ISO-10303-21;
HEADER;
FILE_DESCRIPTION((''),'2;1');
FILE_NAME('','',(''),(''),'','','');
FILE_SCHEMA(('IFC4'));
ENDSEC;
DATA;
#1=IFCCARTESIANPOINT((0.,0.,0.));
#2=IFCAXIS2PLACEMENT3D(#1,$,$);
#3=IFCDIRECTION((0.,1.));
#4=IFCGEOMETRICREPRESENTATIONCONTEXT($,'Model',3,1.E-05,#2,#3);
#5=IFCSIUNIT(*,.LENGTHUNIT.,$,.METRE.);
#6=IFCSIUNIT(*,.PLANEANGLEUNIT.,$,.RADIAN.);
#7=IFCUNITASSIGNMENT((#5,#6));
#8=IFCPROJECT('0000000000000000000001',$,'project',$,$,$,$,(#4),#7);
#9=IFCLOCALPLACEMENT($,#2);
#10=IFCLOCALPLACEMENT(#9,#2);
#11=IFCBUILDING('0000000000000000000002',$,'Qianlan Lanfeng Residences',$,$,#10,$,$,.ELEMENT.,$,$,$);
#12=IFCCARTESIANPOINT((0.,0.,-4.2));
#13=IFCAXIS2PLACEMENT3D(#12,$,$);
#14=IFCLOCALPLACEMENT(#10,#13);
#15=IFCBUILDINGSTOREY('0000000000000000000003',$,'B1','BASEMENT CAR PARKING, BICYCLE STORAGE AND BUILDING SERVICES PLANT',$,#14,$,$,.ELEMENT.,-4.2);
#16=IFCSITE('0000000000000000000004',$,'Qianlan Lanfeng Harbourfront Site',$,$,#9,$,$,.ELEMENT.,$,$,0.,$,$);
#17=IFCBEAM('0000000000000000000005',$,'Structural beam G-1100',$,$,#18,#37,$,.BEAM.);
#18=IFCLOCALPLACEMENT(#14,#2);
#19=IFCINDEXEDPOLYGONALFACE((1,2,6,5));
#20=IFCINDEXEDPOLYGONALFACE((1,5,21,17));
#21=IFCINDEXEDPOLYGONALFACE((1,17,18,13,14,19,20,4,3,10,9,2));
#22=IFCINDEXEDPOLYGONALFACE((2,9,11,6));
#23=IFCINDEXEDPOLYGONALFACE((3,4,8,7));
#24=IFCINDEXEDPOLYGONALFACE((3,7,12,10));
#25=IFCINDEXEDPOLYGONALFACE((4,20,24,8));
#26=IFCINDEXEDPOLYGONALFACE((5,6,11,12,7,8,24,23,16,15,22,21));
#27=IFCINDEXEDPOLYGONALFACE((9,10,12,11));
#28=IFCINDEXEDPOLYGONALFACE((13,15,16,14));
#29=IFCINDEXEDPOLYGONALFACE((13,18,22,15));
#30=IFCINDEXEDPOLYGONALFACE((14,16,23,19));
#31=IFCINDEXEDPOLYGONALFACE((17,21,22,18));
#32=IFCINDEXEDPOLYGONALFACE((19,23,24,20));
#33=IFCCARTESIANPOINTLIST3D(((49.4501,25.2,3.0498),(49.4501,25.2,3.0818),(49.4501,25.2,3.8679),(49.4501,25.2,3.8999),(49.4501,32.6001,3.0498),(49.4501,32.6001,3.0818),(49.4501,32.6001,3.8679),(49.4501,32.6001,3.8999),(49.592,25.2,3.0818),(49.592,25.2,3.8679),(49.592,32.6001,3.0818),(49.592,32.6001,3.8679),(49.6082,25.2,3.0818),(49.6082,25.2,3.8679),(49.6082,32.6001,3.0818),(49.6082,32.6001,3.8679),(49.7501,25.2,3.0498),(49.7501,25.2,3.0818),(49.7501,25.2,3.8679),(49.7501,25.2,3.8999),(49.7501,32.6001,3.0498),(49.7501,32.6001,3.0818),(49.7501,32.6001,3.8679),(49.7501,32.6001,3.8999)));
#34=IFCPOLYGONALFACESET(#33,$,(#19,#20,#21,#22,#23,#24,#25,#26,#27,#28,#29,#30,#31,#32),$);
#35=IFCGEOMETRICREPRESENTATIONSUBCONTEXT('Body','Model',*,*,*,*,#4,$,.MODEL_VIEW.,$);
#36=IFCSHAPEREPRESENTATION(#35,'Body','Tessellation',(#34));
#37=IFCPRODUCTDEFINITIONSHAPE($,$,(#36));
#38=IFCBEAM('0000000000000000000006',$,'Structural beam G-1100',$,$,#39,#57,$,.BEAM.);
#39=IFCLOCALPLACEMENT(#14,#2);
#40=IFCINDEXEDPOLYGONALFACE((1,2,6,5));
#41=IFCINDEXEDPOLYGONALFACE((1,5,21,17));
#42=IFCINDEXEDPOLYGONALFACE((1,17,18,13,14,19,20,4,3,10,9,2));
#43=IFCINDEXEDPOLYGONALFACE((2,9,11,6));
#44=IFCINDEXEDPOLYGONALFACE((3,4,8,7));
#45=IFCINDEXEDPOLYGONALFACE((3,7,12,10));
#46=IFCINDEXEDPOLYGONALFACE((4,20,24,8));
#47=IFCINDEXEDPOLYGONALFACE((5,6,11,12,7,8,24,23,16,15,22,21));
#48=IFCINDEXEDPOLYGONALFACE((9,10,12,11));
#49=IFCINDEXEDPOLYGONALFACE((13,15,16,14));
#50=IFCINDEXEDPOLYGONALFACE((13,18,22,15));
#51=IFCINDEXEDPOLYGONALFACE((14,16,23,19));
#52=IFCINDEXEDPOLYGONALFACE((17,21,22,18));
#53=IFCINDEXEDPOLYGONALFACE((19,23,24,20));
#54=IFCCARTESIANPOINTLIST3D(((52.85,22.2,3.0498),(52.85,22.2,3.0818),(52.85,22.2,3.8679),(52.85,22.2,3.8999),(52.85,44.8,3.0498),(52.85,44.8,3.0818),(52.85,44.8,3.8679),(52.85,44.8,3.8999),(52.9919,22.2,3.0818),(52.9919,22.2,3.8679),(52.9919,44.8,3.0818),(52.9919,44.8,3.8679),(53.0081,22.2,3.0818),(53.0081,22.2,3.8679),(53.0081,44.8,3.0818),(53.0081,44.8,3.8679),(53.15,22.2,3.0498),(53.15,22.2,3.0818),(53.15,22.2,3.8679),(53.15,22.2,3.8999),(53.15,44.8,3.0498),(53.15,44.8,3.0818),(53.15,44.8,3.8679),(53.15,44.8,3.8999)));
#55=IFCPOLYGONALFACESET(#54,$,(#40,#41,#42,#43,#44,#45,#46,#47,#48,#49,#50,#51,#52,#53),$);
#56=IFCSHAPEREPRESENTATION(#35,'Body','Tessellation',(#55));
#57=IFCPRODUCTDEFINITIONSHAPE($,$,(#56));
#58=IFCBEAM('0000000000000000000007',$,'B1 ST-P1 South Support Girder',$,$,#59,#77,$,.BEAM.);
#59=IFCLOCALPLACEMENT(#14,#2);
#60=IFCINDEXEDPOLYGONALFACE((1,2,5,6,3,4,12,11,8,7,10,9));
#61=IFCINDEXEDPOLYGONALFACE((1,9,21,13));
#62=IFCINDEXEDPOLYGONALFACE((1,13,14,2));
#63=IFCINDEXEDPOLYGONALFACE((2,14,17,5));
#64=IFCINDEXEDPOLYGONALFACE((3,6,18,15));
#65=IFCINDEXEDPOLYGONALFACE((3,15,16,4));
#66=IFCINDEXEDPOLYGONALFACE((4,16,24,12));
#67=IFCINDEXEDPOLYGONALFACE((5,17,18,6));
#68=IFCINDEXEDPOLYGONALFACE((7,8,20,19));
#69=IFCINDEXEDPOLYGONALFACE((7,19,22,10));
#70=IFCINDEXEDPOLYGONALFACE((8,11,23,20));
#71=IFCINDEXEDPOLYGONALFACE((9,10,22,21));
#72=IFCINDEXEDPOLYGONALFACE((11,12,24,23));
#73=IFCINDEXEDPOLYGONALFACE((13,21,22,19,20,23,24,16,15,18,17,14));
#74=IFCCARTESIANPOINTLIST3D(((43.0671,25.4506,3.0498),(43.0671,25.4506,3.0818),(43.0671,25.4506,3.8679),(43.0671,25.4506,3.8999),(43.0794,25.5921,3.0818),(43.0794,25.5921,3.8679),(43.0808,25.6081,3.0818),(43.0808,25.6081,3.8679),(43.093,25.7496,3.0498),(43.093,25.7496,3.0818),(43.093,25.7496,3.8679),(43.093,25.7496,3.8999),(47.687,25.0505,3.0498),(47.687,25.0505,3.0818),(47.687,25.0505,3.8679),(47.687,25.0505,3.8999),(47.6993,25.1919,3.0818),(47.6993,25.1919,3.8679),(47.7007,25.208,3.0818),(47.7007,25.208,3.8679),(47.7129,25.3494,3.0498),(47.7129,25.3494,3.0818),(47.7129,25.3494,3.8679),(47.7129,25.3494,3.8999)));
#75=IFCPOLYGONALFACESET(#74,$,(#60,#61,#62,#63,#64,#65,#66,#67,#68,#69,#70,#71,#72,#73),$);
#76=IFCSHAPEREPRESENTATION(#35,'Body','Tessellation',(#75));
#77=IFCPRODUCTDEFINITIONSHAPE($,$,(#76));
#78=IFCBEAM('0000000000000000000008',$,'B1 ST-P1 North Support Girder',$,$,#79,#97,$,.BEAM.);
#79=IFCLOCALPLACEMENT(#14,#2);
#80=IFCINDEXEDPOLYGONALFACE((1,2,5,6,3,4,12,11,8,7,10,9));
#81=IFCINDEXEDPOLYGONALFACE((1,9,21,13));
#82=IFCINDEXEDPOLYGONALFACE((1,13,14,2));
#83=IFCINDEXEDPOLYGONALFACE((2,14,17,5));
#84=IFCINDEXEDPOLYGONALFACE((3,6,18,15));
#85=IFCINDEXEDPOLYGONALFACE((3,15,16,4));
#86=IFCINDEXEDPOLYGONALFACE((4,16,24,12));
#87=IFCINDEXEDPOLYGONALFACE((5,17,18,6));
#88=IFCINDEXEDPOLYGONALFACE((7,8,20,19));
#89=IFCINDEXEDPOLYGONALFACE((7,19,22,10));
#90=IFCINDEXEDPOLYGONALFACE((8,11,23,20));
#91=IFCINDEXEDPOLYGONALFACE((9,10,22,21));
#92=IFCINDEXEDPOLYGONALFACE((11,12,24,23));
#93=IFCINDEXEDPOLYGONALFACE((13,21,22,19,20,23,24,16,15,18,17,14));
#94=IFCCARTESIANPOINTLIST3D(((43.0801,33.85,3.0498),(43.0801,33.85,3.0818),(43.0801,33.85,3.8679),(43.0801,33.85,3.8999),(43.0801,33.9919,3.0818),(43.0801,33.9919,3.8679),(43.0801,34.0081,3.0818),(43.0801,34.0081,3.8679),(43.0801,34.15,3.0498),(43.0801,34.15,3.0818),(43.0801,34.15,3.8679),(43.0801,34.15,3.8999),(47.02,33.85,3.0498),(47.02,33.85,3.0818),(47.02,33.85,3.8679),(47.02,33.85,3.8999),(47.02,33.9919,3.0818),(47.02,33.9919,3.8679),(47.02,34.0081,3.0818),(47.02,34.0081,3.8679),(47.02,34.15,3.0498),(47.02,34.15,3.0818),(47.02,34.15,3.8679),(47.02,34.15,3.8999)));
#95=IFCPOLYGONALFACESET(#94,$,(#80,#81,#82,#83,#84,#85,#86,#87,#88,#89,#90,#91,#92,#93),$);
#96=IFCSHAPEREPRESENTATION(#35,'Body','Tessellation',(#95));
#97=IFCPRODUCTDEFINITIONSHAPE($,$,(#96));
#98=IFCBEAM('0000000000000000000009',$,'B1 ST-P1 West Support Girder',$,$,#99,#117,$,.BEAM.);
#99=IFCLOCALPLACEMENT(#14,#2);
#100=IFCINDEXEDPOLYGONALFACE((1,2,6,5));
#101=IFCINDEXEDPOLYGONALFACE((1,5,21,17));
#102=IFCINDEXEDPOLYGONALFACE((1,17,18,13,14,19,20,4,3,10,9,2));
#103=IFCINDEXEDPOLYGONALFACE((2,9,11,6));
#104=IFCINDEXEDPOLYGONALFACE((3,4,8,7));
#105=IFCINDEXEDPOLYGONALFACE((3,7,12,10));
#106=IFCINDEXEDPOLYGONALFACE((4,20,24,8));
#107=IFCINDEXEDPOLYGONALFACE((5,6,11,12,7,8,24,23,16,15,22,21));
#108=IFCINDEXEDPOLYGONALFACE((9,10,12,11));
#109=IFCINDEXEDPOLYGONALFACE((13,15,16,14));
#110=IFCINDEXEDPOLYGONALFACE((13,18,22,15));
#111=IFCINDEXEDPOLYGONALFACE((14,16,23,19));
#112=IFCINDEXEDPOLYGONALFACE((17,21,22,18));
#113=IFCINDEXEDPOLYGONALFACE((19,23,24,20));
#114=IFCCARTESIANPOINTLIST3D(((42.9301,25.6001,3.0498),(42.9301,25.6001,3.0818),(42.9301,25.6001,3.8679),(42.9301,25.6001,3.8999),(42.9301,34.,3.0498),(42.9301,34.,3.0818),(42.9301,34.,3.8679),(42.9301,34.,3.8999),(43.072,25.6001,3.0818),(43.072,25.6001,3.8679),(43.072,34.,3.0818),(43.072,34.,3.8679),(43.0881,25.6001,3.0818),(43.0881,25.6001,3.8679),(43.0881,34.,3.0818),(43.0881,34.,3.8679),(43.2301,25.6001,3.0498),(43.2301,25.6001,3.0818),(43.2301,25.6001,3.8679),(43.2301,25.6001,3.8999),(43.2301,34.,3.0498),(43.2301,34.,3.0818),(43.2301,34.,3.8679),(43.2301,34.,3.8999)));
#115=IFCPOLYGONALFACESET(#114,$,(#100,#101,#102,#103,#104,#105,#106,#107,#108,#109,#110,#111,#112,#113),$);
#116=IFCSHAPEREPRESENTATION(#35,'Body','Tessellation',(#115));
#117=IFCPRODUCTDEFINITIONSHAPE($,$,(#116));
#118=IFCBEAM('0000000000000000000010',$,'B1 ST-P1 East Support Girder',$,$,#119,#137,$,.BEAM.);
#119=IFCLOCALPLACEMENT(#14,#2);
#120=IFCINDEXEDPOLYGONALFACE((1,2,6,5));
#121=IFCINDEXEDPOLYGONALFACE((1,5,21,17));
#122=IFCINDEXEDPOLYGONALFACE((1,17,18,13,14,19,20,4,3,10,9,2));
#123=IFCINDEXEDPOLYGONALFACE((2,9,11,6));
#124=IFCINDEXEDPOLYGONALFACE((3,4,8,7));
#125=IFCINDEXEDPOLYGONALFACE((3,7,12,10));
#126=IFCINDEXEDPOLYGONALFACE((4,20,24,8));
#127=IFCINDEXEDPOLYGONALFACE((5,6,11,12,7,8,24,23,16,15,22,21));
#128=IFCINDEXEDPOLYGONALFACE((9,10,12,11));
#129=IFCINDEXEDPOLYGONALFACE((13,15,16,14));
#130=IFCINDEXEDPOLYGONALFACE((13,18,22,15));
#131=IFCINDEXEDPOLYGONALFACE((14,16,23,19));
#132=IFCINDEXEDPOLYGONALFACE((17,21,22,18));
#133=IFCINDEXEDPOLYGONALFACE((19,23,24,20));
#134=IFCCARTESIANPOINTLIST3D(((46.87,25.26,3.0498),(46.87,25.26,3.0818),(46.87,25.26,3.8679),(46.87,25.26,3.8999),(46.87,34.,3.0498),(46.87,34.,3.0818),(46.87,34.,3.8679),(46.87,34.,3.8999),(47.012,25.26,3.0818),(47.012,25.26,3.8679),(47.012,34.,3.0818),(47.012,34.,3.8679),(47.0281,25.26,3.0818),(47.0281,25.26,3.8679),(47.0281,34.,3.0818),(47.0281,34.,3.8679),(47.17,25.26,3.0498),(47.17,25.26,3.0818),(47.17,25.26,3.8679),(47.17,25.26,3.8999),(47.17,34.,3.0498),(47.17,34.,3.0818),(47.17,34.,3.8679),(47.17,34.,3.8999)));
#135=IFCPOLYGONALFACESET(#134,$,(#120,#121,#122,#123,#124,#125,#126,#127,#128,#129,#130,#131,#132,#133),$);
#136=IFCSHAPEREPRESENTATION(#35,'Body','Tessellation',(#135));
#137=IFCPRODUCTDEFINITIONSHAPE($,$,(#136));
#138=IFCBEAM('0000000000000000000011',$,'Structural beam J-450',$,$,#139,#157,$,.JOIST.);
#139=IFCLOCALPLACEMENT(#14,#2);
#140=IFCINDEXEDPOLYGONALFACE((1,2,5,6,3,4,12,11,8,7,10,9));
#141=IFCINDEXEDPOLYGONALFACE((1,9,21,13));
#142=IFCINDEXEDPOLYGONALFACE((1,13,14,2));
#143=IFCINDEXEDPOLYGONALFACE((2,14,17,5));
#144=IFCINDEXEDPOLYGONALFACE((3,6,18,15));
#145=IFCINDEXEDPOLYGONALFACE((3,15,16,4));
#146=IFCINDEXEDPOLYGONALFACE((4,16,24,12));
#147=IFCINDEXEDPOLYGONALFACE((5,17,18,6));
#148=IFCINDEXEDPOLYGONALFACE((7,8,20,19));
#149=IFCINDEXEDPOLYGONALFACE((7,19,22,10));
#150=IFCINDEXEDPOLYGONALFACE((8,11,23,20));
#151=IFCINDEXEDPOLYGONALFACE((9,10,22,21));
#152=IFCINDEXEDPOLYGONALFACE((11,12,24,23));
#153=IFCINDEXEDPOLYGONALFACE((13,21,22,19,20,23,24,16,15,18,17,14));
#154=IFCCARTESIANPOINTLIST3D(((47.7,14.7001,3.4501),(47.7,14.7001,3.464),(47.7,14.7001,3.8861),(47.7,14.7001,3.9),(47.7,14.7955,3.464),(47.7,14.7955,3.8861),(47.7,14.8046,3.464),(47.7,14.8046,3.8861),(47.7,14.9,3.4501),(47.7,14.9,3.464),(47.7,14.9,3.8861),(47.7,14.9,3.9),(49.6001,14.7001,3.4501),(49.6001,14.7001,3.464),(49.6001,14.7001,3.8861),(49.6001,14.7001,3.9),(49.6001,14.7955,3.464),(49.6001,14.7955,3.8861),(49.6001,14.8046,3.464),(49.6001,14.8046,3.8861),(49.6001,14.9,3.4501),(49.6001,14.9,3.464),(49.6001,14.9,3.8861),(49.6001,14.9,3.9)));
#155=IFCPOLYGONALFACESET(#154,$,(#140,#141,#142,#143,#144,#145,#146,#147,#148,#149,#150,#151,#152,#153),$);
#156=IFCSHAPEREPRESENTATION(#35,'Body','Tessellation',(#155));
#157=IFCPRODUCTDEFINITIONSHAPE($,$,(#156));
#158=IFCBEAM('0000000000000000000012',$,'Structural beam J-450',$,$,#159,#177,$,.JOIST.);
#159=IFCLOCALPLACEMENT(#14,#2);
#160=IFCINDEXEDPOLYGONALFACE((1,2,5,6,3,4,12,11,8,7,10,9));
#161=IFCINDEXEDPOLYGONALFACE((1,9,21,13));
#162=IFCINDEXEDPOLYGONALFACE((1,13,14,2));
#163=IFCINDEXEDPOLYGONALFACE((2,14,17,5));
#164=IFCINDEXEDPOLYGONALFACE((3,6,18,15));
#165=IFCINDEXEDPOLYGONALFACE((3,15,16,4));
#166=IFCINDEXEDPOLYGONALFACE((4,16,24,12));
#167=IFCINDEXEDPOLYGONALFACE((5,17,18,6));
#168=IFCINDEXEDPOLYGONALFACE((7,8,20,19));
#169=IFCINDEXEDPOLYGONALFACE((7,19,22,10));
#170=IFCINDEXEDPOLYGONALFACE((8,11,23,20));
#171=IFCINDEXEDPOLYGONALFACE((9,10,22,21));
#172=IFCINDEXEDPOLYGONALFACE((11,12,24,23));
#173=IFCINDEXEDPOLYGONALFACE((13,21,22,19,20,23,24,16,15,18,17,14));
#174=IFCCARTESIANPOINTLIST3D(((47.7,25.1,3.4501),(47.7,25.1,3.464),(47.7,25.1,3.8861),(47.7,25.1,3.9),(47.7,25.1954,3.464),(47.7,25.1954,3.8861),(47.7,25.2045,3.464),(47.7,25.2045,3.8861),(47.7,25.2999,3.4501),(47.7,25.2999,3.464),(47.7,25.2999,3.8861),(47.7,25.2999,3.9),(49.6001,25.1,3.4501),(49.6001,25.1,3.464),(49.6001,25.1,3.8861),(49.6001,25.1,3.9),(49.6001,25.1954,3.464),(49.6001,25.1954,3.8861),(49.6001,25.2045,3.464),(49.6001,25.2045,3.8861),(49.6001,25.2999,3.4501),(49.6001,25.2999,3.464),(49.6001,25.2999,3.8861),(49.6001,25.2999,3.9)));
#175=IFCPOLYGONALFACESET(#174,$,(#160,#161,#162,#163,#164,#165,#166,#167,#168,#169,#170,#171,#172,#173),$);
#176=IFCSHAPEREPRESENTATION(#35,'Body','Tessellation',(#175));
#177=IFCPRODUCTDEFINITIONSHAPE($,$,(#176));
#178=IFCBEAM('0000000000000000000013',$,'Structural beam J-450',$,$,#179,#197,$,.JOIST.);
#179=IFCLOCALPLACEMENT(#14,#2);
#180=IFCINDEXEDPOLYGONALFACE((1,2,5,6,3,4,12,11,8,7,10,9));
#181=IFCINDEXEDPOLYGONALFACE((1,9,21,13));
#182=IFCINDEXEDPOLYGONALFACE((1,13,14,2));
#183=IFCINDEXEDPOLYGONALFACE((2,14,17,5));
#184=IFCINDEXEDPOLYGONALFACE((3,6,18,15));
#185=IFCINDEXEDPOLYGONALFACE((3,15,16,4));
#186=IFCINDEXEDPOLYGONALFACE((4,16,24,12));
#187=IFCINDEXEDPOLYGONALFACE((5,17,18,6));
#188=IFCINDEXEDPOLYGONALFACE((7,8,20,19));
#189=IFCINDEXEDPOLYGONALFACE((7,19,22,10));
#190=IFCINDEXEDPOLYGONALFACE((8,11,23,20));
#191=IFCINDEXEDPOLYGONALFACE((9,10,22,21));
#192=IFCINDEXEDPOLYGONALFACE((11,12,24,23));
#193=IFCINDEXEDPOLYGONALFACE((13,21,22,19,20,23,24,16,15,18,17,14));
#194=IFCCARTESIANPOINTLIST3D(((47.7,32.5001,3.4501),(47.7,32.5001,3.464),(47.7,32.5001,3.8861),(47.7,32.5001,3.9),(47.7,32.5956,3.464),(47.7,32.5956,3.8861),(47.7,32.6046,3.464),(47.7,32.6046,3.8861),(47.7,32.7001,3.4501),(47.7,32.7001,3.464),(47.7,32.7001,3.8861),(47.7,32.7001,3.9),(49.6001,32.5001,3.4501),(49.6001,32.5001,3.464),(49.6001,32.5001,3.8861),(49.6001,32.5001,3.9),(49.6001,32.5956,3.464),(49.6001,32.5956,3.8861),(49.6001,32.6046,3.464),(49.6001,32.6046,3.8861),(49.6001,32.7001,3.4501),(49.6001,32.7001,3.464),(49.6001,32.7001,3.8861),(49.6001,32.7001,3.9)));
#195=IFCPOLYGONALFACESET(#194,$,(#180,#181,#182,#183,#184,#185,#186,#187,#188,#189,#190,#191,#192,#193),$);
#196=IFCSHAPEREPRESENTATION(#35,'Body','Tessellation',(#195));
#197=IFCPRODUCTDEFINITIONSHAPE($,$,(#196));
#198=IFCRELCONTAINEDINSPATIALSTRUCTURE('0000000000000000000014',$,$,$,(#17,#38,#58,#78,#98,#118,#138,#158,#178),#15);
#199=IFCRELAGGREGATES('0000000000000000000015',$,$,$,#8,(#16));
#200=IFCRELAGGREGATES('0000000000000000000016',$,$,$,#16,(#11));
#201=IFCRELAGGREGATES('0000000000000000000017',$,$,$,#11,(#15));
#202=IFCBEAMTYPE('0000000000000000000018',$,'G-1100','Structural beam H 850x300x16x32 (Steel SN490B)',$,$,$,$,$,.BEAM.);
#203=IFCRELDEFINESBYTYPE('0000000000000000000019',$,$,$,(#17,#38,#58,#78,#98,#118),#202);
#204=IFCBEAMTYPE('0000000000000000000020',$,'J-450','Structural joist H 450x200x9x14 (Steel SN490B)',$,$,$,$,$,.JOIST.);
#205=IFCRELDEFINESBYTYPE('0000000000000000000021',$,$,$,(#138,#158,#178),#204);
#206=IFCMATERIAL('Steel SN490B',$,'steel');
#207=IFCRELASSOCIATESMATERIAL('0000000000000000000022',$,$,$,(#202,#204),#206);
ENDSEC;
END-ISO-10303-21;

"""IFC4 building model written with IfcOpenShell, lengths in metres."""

from ifc_helpers import new_model, si_unit, direction, frame, origin, origin_2d, place, context, subcontext, project, spatial, i_section, extrude, material, material_profile, profile_set, type_object, element, save


model = new_model("IFC4")

# Units and contexts
model_context = context("Model", 3, precision=1e-05, world=origin(), true_north=direction((0.0, 1.0)))
body_context = subcontext(model_context, "Body", "Model", "MODEL_VIEW")
ifc_project = project(units=[si_unit("LENGTHUNIT", "METRE"), si_unit("PLANEANGLEUNIT", "RADIAN")], contexts=[model_context])

# Site, building, storey
site_placement = place(None, origin())
site = spatial("IfcSite", under=ifc_project, at=site_placement, Name="Qianlan Lanfeng Harbourfront Site", CompositionType="ELEMENT", RefElevation=0.0)
building_placement = place(site_placement, origin())
building = spatial("IfcBuilding", under=site, at=building_placement, Name="Qianlan Lanfeng Residences", CompositionType="ELEMENT")
storey_placement = place(building_placement, frame((0.0, 0.0, -4.2)))
storey = spatial("IfcBuildingStorey", under=building, at=storey_placement, Name="B1", Description="BASEMENT CAR PARKING, BICYCLE STORAGE AND BUILDING SERVICES PLANT", CompositionType="ELEMENT", Elevation=-4.2)

# Beams
ifc_material_1 = material(Name="Steel SN490B", Category="steel")
ifc_material_profile_1 = material_profile(ifc_material_1, i_section(OverallWidth=0.3, OverallDepth=0.8501, WebThickness=0.0161, FlangeThickness=0.032, at=origin_2d()), Name="H 850x300x16x32")
ifc_profile_set_1 = profile_set([ifc_material_profile_1], Name="Steel SN490B")
beam_type_1 = type_object("IfcBeamType", Name="G-1100", Description="Structural beam H 850x300x16x32 (Steel SN490B)", PredefinedType="BEAM", material=ifc_profile_set_1)
beam_1_placement = place(storey_placement, frame((49.6001, 25.2, 3.4749), z_axis=(0.0, 1.0, 0.0), x_axis=(-1.0, 0.0, 0.0)))
element("IfcBeam", 1, at=beam_1_placement, inside=storey, type_object=beam_type_1, Name="Structural beam G-1100", PredefinedType="BEAM", context=body_context, shape_type="SweptSolid", body=[
    extrude(i_section(OverallWidth=0.3, OverallDepth=0.8501, WebThickness=0.0161, FlangeThickness=0.032, at=origin_2d()), origin(), (0.0, 0.0, 1.0), 7.4001),
])
beam_2_placement = place(storey_placement, frame((53.0, 22.2, 3.4749), z_axis=(0.0, 1.0, 0.0), x_axis=(-1.0, 0.0, 0.0)))
element("IfcBeam", 2, at=beam_2_placement, inside=storey, type_object=beam_type_1, Name="Structural beam G-1100", PredefinedType="BEAM", context=body_context, shape_type="SweptSolid", body=[
    extrude(i_section(OverallWidth=0.3, OverallDepth=0.8501, WebThickness=0.0161, FlangeThickness=0.032, at=origin_2d()), origin(), (0.0, 0.0, 1.0), 22.6001),
])
beam_3_placement = place(storey_placement, frame((43.0801, 25.6001, 3.4749), z_axis=(0.99627, -0.086291, 0.0), x_axis=(0.086291, 0.99627, 0.0)))
element("IfcBeam", 3, at=beam_3_placement, inside=storey, type_object=beam_type_1, Name="B1 ST-P1 South Support Girder", PredefinedType="BEAM", context=body_context, shape_type="SweptSolid", body=[
    extrude(i_section(OverallWidth=0.3, OverallDepth=0.8501, WebThickness=0.0161, FlangeThickness=0.032, at=origin_2d()), origin(), (0.0, 0.0, 1.0), 4.6372),
])
beam_4_placement = place(storey_placement, frame((43.0801, 34.0, 3.4749), z_axis=(1.0, 0.0, 0.0), x_axis=(0.0, 1.0, 0.0)))
element("IfcBeam", 4, at=beam_4_placement, inside=storey, type_object=beam_type_1, Name="B1 ST-P1 North Support Girder", PredefinedType="BEAM", context=body_context, shape_type="SweptSolid", body=[
    extrude(i_section(OverallWidth=0.3, OverallDepth=0.8501, WebThickness=0.0161, FlangeThickness=0.032, at=origin_2d()), origin(), (0.0, 0.0, 1.0), 3.9399),
])
beam_5_placement = place(storey_placement, frame((43.0801, 25.6001, 3.4749), z_axis=(0.0, 1.0, 0.0), x_axis=(-1.0, 0.0, 0.0)))
element("IfcBeam", 5, at=beam_5_placement, inside=storey, type_object=beam_type_1, Name="B1 ST-P1 West Support Girder", PredefinedType="BEAM", context=body_context, shape_type="SweptSolid", body=[
    extrude(i_section(OverallWidth=0.3, OverallDepth=0.8501, WebThickness=0.0161, FlangeThickness=0.032, at=origin_2d()), origin(), (0.0, 0.0, 1.0), 8.3999),
])
beam_6_placement = place(storey_placement, frame((47.02, 25.26, 3.4749), z_axis=(0.0, 1.0, 0.0), x_axis=(-1.0, 0.0, 0.0)))
element("IfcBeam", 6, at=beam_6_placement, inside=storey, type_object=beam_type_1, Name="B1 ST-P1 East Support Girder", PredefinedType="BEAM", context=body_context, shape_type="SweptSolid", body=[
    extrude(i_section(OverallWidth=0.3, OverallDepth=0.8501, WebThickness=0.0161, FlangeThickness=0.032, at=origin_2d()), origin(), (0.0, 0.0, 1.0), 8.74),
])
ifc_material_profile_2 = material_profile(ifc_material_1, i_section(OverallWidth=0.2, OverallDepth=0.45, WebThickness=0.009, FlangeThickness=0.0139, at=origin_2d()), Name="H 450x200x9x14")
ifc_profile_set_2 = profile_set([ifc_material_profile_2], Name="Steel SN490B")
beam_type_2 = type_object("IfcBeamType", Name="J-450", Description="Structural joist H 450x200x9x14 (Steel SN490B)", PredefinedType="JOIST", material=ifc_profile_set_2)
for number, where, z_axis, x_axis, name in (
    (7, (47.7, 14.8, 3.675), (1.0, 0.0, 0.0), (0.0, 1.0, 0.0), "Structural beam J-450"),
    (8, (47.7, 25.2, 3.675), (1.0, 0.0, 0.0), (0.0, 1.0, 0.0), "Structural beam J-450"),
    (9, (47.7, 32.6001, 3.675), (1.0, 0.0, 0.0), (0.0, 1.0, 0.0), "Structural beam J-450"),
):
    element("IfcBeam", number, at=place(storey_placement, frame(where, z_axis=z_axis, x_axis=x_axis)), inside=storey, type_object=beam_type_2, Name=name, PredefinedType="JOIST", context=body_context, shape_type="SweptSolid", body=[
        extrude(i_section(OverallWidth=0.2, OverallDepth=0.45, WebThickness=0.009, FlangeThickness=0.0139, at=origin_2d()), origin(), (0.0, 0.0, 1.0), 1.9001),
    ])

save(model, "model.ifc")
